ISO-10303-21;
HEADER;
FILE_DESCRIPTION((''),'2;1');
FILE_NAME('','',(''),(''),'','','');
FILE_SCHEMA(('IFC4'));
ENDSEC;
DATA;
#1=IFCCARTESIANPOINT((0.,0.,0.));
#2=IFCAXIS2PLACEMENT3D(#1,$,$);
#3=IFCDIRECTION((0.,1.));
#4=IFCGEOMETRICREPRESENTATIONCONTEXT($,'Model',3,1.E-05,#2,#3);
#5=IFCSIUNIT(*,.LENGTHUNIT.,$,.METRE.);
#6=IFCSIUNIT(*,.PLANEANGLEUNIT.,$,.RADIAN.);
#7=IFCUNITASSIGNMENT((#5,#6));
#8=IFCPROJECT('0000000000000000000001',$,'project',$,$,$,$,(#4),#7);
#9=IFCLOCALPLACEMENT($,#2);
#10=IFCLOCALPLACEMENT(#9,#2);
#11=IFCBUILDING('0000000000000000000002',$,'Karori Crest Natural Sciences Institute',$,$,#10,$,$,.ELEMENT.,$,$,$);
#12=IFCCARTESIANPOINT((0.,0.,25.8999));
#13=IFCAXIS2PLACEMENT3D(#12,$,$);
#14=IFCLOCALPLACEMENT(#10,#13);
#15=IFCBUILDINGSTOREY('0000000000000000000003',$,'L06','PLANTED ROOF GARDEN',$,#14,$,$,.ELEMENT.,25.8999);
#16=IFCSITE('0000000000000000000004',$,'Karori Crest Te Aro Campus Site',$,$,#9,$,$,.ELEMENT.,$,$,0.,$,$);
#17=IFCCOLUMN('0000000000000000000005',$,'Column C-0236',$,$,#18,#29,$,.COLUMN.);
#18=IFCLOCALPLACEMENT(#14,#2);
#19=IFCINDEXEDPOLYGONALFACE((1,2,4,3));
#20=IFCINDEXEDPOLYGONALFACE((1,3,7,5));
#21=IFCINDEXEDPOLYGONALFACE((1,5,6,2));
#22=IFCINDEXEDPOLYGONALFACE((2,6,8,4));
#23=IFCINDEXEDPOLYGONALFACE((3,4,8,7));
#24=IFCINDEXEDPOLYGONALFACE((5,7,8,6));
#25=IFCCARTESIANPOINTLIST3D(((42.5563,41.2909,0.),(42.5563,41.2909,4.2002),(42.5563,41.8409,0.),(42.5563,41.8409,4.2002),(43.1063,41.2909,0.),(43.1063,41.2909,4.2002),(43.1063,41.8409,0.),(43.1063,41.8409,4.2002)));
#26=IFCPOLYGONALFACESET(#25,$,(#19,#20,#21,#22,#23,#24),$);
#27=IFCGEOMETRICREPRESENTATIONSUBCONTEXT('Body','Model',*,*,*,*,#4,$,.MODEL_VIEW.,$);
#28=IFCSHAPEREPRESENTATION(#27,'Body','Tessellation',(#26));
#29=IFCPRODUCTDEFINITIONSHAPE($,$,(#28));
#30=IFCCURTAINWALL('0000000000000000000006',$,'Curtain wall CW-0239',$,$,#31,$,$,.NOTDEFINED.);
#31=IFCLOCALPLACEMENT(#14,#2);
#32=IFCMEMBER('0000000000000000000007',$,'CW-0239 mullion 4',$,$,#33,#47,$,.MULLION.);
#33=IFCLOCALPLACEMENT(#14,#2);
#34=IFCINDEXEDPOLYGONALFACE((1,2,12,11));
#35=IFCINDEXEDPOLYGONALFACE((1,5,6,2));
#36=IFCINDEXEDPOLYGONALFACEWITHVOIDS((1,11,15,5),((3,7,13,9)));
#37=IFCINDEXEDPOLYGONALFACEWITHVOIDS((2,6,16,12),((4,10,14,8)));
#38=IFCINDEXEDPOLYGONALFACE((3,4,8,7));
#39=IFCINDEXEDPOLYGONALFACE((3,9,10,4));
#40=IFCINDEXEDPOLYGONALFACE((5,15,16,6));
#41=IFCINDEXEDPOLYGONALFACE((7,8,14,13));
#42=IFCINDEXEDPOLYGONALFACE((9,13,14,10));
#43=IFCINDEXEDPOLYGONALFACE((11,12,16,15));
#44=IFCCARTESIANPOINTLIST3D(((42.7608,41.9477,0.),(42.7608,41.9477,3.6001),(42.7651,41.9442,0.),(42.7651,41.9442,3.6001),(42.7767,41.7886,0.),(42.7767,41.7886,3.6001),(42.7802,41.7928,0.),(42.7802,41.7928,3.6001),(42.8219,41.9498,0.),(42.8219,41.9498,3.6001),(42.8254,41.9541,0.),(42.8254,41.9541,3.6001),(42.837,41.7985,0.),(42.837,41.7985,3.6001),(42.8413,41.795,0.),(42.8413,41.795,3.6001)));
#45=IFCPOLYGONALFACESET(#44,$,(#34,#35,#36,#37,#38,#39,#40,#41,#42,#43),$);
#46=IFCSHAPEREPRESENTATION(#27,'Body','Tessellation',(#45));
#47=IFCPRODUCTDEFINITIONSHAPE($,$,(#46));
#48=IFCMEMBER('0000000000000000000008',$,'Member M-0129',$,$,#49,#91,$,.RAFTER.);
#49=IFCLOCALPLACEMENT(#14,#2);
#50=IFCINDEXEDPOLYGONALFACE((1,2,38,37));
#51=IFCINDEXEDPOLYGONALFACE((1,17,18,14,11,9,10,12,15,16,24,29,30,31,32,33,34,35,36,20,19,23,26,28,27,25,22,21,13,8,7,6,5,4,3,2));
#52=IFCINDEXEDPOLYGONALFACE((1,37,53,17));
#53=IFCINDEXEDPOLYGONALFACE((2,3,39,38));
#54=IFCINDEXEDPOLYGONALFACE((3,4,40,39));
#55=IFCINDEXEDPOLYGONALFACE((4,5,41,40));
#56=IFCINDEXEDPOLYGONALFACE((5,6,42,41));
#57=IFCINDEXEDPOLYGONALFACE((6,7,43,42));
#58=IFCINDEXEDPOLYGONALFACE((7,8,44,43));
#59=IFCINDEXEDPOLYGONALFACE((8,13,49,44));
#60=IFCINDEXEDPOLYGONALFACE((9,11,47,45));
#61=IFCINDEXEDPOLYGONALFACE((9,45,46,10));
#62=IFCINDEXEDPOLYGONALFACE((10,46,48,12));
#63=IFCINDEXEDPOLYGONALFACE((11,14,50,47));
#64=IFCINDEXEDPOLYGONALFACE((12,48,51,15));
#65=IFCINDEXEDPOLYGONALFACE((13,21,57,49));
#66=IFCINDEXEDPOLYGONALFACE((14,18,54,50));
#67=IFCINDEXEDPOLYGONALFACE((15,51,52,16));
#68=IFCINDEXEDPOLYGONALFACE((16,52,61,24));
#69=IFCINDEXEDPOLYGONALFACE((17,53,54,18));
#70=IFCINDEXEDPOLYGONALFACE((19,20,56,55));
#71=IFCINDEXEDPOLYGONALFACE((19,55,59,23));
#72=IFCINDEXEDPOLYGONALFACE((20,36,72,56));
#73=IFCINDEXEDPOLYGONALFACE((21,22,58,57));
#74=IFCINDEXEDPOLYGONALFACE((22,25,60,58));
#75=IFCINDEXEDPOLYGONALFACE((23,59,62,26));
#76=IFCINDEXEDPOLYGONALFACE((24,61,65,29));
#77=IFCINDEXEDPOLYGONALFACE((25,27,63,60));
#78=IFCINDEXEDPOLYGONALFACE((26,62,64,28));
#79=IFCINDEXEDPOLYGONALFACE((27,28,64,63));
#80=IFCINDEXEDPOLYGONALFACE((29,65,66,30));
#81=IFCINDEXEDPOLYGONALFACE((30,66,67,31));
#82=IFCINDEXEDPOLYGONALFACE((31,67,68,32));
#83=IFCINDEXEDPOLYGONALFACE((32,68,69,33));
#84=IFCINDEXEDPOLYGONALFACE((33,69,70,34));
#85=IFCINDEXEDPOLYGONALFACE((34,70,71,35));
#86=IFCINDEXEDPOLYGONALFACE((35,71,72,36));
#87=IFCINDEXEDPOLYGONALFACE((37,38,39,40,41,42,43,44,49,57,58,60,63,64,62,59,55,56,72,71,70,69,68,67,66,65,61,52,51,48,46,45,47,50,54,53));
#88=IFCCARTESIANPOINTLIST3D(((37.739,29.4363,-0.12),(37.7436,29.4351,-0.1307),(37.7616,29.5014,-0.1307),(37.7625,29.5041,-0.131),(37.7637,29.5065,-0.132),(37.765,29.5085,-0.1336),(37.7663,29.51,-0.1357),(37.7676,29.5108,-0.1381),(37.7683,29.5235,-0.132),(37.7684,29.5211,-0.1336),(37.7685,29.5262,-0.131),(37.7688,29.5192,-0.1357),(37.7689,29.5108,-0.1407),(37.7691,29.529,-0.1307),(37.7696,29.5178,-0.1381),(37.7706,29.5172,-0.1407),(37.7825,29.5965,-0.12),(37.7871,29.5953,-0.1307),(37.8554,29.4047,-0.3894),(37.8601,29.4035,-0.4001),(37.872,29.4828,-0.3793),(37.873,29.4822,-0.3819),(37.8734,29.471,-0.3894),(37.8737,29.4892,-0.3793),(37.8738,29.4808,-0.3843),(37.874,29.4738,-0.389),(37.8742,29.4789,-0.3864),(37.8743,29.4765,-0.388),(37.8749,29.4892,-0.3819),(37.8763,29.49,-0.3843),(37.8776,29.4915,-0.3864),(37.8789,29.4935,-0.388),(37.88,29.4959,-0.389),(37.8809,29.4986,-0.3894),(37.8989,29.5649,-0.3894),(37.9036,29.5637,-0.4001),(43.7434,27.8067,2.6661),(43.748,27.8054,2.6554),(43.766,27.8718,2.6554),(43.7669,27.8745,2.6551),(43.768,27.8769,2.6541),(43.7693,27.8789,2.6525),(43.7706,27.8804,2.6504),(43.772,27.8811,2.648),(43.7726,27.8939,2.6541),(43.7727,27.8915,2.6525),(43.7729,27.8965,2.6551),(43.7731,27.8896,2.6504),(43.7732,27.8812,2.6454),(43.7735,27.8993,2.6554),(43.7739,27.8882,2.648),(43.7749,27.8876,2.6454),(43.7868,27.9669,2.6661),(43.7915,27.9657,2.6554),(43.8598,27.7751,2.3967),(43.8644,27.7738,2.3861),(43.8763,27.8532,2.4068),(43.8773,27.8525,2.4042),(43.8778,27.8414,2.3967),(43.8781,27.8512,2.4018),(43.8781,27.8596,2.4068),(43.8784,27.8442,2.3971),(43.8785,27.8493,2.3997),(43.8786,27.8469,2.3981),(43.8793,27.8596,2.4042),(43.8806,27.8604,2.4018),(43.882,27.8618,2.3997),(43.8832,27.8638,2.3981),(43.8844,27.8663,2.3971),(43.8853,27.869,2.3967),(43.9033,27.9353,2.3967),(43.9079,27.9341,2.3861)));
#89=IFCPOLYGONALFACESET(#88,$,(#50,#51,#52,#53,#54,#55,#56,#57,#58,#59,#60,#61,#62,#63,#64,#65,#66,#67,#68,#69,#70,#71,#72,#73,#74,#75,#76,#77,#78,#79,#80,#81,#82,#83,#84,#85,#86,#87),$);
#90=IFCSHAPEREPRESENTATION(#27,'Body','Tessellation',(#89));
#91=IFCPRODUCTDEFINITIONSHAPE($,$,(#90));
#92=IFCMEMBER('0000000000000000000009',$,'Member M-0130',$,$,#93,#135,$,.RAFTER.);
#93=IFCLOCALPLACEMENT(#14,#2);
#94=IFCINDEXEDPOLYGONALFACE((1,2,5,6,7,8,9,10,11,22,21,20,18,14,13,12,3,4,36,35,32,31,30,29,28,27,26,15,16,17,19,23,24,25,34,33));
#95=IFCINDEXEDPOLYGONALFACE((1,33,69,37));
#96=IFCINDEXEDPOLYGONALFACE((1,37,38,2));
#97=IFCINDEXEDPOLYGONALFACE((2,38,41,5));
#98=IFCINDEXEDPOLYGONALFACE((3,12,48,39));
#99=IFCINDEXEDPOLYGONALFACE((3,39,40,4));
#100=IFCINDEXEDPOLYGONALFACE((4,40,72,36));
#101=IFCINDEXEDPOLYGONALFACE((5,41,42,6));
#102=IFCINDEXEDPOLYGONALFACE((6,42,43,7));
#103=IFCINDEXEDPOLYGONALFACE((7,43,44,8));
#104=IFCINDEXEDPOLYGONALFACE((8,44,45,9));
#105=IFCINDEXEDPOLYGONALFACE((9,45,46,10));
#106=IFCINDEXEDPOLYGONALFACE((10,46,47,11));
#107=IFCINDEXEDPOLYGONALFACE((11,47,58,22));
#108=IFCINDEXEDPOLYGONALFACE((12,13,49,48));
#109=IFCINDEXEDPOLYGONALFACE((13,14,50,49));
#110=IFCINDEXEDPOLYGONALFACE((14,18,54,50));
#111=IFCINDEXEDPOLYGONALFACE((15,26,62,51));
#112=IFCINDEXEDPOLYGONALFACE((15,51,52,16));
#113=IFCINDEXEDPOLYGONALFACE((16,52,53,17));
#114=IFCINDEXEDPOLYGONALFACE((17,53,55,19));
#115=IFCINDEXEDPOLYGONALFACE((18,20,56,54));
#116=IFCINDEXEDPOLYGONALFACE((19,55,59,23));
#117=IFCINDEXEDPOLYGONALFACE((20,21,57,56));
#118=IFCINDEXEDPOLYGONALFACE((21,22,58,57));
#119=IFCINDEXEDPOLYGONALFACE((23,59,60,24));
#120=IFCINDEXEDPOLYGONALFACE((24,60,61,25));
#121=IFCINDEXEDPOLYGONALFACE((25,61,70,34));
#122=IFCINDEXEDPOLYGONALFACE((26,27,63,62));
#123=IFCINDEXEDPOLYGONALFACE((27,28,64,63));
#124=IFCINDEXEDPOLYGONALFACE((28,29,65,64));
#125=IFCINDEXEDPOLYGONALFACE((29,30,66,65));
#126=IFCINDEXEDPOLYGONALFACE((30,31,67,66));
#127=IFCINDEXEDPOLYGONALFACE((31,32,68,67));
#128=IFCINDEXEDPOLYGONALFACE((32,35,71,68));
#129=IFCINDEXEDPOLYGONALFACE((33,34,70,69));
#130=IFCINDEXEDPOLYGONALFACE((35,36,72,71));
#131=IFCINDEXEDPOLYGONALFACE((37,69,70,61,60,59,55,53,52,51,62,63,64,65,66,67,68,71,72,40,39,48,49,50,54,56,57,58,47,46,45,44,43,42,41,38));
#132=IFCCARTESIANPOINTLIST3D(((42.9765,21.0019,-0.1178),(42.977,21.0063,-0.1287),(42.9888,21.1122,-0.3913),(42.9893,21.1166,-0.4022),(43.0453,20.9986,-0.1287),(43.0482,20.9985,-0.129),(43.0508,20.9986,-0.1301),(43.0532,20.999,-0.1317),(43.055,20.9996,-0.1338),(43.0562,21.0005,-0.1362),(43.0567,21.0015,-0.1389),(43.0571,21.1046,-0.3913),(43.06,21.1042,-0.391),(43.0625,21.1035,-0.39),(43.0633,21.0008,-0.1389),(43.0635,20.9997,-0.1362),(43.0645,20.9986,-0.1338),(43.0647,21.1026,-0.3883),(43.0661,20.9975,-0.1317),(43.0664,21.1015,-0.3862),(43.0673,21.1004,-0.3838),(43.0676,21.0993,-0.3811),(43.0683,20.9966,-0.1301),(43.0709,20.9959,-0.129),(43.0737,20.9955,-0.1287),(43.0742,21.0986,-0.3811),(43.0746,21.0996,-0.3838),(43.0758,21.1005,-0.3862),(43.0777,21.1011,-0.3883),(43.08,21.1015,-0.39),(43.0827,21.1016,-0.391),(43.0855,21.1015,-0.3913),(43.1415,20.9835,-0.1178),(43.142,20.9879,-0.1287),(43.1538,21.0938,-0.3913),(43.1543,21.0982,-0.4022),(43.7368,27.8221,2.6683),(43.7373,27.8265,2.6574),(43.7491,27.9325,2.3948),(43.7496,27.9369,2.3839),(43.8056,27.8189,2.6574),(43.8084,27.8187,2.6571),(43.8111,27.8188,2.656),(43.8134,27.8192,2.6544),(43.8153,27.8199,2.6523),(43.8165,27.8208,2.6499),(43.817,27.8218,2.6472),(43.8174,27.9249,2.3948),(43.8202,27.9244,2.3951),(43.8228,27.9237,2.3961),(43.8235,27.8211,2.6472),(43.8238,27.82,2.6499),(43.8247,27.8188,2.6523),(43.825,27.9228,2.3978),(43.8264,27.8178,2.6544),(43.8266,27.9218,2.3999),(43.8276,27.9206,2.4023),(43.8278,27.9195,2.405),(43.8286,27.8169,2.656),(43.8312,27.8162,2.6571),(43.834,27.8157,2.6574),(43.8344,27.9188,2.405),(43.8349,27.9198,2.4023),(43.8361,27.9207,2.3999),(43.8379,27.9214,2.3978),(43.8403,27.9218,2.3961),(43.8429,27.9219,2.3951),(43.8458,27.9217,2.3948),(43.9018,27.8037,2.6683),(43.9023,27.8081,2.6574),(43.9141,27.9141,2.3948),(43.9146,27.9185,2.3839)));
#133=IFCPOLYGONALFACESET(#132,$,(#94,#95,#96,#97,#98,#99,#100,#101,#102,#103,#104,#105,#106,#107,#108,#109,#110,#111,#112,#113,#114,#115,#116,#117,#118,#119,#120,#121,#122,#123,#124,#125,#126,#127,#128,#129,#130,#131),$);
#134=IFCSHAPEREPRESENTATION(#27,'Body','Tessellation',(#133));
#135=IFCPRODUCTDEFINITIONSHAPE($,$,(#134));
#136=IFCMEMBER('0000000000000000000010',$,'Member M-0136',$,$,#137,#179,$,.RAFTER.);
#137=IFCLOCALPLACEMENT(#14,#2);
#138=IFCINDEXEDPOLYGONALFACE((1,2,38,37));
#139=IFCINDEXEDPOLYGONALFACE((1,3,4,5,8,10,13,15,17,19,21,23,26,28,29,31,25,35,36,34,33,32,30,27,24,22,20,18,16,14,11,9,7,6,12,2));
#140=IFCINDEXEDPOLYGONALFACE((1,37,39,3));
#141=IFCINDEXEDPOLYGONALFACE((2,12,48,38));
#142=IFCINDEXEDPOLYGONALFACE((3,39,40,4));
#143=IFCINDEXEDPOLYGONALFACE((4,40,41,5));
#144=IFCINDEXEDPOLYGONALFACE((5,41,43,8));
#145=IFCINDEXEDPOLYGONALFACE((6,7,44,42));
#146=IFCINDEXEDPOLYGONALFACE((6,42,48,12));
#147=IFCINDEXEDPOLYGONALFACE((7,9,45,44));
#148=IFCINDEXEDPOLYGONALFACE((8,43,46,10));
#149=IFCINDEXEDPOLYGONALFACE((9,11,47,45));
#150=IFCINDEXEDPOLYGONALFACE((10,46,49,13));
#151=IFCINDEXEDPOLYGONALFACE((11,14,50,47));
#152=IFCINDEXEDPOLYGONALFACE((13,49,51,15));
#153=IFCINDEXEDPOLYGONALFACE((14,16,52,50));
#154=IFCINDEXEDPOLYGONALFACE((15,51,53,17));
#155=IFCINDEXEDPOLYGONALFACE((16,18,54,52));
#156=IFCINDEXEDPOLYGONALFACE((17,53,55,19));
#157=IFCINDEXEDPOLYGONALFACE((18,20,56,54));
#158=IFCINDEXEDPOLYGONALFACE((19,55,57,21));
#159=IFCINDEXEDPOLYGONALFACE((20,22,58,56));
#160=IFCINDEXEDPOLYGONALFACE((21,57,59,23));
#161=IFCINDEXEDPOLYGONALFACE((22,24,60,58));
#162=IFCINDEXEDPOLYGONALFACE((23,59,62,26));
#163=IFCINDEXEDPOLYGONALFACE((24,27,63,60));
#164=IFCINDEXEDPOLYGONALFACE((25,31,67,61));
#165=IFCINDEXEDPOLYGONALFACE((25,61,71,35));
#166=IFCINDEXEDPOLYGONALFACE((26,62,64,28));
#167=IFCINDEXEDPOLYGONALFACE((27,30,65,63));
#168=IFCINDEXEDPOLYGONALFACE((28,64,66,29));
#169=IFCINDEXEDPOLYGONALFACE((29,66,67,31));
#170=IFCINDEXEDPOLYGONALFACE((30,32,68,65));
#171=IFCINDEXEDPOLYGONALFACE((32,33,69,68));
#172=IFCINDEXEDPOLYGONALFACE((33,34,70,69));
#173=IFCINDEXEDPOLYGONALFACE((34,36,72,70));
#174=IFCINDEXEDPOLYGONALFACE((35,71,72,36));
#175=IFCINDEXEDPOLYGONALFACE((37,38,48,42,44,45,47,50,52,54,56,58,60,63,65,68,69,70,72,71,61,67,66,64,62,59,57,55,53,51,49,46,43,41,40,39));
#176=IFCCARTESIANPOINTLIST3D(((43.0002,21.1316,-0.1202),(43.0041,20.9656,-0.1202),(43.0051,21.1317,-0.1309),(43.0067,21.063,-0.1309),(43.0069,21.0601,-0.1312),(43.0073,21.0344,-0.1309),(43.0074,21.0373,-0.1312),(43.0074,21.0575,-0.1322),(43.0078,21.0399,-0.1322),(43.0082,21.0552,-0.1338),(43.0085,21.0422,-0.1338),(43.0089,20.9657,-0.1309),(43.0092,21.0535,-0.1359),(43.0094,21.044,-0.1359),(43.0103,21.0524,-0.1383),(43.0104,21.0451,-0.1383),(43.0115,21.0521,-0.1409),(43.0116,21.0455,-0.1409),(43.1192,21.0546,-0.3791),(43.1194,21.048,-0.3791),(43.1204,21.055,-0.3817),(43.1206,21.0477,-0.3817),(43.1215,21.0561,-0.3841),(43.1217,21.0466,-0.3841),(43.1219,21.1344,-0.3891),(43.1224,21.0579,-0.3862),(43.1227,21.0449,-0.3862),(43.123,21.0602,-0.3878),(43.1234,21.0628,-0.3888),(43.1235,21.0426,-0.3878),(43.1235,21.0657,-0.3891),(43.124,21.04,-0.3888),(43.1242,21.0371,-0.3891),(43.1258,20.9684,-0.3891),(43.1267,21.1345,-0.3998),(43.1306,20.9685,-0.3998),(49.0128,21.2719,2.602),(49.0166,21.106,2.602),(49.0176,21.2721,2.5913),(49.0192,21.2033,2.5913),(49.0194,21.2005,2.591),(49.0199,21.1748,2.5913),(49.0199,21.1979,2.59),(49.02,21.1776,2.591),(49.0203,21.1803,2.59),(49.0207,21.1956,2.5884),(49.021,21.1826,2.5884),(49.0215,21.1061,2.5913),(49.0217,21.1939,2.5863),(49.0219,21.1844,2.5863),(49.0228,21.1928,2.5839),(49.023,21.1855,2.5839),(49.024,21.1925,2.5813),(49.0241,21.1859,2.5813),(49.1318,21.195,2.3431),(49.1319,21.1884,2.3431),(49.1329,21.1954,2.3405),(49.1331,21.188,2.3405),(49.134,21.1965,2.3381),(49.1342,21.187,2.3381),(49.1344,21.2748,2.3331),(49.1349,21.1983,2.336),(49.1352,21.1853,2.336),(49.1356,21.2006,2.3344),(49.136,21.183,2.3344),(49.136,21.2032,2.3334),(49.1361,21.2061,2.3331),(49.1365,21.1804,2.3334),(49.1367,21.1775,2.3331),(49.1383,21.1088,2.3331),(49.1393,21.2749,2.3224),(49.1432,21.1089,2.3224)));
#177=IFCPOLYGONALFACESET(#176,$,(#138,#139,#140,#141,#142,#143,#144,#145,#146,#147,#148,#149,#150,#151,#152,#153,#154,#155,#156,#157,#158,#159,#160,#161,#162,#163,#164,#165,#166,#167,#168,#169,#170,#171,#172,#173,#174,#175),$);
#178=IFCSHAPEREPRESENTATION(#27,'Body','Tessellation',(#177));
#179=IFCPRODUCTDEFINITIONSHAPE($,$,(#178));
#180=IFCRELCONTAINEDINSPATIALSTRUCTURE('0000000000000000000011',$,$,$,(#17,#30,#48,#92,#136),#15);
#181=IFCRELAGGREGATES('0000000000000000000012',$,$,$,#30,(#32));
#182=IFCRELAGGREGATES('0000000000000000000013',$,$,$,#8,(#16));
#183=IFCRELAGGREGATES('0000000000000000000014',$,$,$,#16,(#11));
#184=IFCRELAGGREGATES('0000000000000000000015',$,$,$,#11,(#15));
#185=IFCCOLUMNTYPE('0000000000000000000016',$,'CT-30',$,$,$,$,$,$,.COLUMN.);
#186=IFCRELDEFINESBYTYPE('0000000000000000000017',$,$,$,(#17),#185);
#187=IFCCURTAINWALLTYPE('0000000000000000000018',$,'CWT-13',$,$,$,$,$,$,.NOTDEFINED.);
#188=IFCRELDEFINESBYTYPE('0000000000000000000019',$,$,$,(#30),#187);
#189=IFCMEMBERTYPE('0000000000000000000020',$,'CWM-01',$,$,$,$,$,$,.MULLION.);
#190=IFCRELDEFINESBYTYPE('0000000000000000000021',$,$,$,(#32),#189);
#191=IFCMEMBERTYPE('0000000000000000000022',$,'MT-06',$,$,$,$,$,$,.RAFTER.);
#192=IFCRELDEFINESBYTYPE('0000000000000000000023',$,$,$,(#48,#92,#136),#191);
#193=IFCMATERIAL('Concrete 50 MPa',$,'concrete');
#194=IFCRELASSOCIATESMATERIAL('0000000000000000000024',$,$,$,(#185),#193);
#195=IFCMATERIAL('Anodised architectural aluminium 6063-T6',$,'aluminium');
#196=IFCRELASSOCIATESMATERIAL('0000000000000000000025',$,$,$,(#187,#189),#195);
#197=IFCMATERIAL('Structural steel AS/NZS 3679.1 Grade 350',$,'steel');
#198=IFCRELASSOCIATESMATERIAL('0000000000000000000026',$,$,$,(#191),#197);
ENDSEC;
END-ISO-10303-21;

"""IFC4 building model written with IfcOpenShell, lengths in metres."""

from ifc_helpers import new_model, si_unit, direction, frame, origin, origin_2d, place, context, subcontext, project, spatial, rectangle, hollow_rectangle, i_section, extrude, material, material_profile, profile_set, type_object, element, aggregate, save


model = new_model("IFC4")

# Units and contexts
model_context = context("Model", 3, precision=1e-05, world=origin(), true_north=direction((0.0, 1.0)))
body_context = subcontext(model_context, "Body", "Model", "MODEL_VIEW")
ifc_project = project(units=[si_unit("LENGTHUNIT", "METRE"), si_unit("PLANEANGLEUNIT", "RADIAN")], contexts=[model_context])

# Site, building, storey
site_placement = place(None, origin())
site = spatial("IfcSite", under=ifc_project, at=site_placement, Name="Karori Crest Te Aro Campus Site", CompositionType="ELEMENT", RefElevation=0.0)
building_placement = place(site_placement, origin())
building = spatial("IfcBuilding", under=site, at=building_placement, Name="Karori Crest Natural Sciences Institute", CompositionType="ELEMENT")
storey_placement = place(building_placement, frame((0.0, 0.0, 25.8999)))
storey = spatial("IfcBuildingStorey", under=building, at=storey_placement, Name="L06", Description="PLANTED ROOF GARDEN", CompositionType="ELEMENT", Elevation=25.8999)

# Column
ifc_material_1 = material(Name="Concrete 50 MPa", Category="concrete")
ifc_material_profile_1 = material_profile(ifc_material_1, rectangle(XDim=0.55, YDim=0.55, at=origin_2d()), Name="RC550x550")
ifc_profile_set_1 = profile_set([ifc_material_profile_1], Name="Concrete 50 MPa")
column_type = type_object("IfcColumnType", Name="CT-30", PredefinedType="COLUMN", material=ifc_profile_set_1)
column_placement = place(storey_placement, frame((42.8313, 41.5659, 0.0), z_axis=(0.0, 0.0, 1.0), x_axis=(1.0, 0.0, 0.0)))
element("IfcColumn", 1, at=column_placement, inside=storey, type_object=column_type, Name="Column C-0236", PredefinedType="COLUMN", context=body_context, shape_type="SweptSolid", body=[
    extrude(rectangle(XDim=0.55, YDim=0.55, at=origin_2d()), origin(), (0.0, 0.0, 1.0), 4.2002),
])

# Curtain wall, member
ifc_material_2 = material(Name="Anodised architectural aluminium 6063-T6", Category="aluminium")
curtain_wall_type = type_object("IfcCurtainWallType", Name="CWT-13", PredefinedType="NOTDEFINED", material=ifc_material_2)
curtain_wall_placement = place(storey_placement, origin())
curtain_wall = element("IfcCurtainWall", 2, at=curtain_wall_placement, inside=storey, type_object=curtain_wall_type, Name="Curtain wall CW-0239", PredefinedType="NOTDEFINED")
ifc_material_profile_2 = material_profile(ifc_material_2, hollow_rectangle(XDim=0.0649, YDim=0.1599, WallThickness=0.0039, at=origin_2d()), Name="CWM160x65x4")
ifc_profile_set_2 = profile_set([ifc_material_profile_2], Name="Anodised architectural aluminium 6063-T6")
member_type_1 = type_object("IfcMemberType", Name="CWM-01", PredefinedType="MULLION", material=ifc_profile_set_2)
member_1_placement = place(storey_placement, frame((42.801, 41.8713, 0.0), z_axis=(0.0, 0.0, 1.0), x_axis=(0.995061, 0.099268, 0.0)))
member_1 = element("IfcMember", 3, at=member_1_placement, type_object=member_type_1, Name="CW-0239 mullion 4", PredefinedType="MULLION", context=body_context, shape_type="SweptSolid", body=[
    extrude(hollow_rectangle(XDim=0.0649, YDim=0.1599, WallThickness=0.0039, at=origin_2d()), origin(), (0.0, 0.0, 1.0), 3.6001),
])
aggregate(curtain_wall, [member_1])

# Members
ifc_material_3 = material(Name="Structural steel AS/NZS 3679.1 Grade 350", Category="steel")
ifc_material_profile_3 = material_profile(ifc_material_3, i_section(OverallWidth=0.166, OverallDepth=0.3069, WebThickness=0.0066, FlangeThickness=0.0117, FilletRadius=0.011, at=origin_2d()), Name="310UB46.2")
ifc_profile_set_3 = profile_set([ifc_material_profile_3], Name="Structural steel AS/NZS 3679.1 Grade 350")
member_type_2 = type_object("IfcMemberType", Name="MT-06", PredefinedType="RAFTER", material=ifc_profile_set_3)
member_2_placement = place(storey_placement, frame((37.8213, 29.5, -0.26), z_axis=(0.880802, -0.239056, 0.408706), x_axis=(0.261932, 0.965086, 0.0)))
element("IfcMember", 4, at=member_2_placement, inside=storey, type_object=member_type_2, Name="Member M-0129", PredefinedType="RAFTER", context=body_context, shape_type="SweptSolid", body=[
    extrude(i_section(OverallWidth=0.166, OverallDepth=0.3069, WebThickness=0.0066, FlangeThickness=0.0117, FilletRadius=0.011, at=origin_2d()), origin(), (0.0, 0.0, 1.0), 6.8169),
])
member_3_placement = place(storey_placement, frame((43.0654, 21.05, -0.26), z_axis=(0.102646, 0.920847, 0.376171), x_axis=(-0.993845, 0.110783, 0.0)))
element("IfcMember", 5, at=member_3_placement, inside=storey, type_object=member_type_2, Name="Member M-0130", PredefinedType="RAFTER", context=body_context, shape_type="SweptSolid", body=[
    extrude(i_section(OverallWidth=0.166, OverallDepth=0.3069, WebThickness=0.0066, FlangeThickness=0.0117, FilletRadius=0.011, at=origin_2d()), origin(), (0.0, 0.0, 1.0), 7.4065),
])
member_4_placement = place(storey_placement, frame((43.0654, 21.05, -0.26), z_axis=(0.910774, 0.021265, 0.412358), x_axis=(-0.023342, 0.999728, 0.0)))
element("IfcMember", 6, at=member_4_placement, inside=storey, type_object=member_type_2, Name="Member M-0136", PredefinedType="RAFTER", context=body_context, shape_type="SweptSolid", body=[
    extrude(i_section(OverallWidth=0.166, OverallDepth=0.3069, WebThickness=0.0066, FlangeThickness=0.0117, FilletRadius=0.011, at=origin_2d()), origin(), (0.0, 0.0, 1.0), 6.6016),
])

save(model, "model.ifc")
